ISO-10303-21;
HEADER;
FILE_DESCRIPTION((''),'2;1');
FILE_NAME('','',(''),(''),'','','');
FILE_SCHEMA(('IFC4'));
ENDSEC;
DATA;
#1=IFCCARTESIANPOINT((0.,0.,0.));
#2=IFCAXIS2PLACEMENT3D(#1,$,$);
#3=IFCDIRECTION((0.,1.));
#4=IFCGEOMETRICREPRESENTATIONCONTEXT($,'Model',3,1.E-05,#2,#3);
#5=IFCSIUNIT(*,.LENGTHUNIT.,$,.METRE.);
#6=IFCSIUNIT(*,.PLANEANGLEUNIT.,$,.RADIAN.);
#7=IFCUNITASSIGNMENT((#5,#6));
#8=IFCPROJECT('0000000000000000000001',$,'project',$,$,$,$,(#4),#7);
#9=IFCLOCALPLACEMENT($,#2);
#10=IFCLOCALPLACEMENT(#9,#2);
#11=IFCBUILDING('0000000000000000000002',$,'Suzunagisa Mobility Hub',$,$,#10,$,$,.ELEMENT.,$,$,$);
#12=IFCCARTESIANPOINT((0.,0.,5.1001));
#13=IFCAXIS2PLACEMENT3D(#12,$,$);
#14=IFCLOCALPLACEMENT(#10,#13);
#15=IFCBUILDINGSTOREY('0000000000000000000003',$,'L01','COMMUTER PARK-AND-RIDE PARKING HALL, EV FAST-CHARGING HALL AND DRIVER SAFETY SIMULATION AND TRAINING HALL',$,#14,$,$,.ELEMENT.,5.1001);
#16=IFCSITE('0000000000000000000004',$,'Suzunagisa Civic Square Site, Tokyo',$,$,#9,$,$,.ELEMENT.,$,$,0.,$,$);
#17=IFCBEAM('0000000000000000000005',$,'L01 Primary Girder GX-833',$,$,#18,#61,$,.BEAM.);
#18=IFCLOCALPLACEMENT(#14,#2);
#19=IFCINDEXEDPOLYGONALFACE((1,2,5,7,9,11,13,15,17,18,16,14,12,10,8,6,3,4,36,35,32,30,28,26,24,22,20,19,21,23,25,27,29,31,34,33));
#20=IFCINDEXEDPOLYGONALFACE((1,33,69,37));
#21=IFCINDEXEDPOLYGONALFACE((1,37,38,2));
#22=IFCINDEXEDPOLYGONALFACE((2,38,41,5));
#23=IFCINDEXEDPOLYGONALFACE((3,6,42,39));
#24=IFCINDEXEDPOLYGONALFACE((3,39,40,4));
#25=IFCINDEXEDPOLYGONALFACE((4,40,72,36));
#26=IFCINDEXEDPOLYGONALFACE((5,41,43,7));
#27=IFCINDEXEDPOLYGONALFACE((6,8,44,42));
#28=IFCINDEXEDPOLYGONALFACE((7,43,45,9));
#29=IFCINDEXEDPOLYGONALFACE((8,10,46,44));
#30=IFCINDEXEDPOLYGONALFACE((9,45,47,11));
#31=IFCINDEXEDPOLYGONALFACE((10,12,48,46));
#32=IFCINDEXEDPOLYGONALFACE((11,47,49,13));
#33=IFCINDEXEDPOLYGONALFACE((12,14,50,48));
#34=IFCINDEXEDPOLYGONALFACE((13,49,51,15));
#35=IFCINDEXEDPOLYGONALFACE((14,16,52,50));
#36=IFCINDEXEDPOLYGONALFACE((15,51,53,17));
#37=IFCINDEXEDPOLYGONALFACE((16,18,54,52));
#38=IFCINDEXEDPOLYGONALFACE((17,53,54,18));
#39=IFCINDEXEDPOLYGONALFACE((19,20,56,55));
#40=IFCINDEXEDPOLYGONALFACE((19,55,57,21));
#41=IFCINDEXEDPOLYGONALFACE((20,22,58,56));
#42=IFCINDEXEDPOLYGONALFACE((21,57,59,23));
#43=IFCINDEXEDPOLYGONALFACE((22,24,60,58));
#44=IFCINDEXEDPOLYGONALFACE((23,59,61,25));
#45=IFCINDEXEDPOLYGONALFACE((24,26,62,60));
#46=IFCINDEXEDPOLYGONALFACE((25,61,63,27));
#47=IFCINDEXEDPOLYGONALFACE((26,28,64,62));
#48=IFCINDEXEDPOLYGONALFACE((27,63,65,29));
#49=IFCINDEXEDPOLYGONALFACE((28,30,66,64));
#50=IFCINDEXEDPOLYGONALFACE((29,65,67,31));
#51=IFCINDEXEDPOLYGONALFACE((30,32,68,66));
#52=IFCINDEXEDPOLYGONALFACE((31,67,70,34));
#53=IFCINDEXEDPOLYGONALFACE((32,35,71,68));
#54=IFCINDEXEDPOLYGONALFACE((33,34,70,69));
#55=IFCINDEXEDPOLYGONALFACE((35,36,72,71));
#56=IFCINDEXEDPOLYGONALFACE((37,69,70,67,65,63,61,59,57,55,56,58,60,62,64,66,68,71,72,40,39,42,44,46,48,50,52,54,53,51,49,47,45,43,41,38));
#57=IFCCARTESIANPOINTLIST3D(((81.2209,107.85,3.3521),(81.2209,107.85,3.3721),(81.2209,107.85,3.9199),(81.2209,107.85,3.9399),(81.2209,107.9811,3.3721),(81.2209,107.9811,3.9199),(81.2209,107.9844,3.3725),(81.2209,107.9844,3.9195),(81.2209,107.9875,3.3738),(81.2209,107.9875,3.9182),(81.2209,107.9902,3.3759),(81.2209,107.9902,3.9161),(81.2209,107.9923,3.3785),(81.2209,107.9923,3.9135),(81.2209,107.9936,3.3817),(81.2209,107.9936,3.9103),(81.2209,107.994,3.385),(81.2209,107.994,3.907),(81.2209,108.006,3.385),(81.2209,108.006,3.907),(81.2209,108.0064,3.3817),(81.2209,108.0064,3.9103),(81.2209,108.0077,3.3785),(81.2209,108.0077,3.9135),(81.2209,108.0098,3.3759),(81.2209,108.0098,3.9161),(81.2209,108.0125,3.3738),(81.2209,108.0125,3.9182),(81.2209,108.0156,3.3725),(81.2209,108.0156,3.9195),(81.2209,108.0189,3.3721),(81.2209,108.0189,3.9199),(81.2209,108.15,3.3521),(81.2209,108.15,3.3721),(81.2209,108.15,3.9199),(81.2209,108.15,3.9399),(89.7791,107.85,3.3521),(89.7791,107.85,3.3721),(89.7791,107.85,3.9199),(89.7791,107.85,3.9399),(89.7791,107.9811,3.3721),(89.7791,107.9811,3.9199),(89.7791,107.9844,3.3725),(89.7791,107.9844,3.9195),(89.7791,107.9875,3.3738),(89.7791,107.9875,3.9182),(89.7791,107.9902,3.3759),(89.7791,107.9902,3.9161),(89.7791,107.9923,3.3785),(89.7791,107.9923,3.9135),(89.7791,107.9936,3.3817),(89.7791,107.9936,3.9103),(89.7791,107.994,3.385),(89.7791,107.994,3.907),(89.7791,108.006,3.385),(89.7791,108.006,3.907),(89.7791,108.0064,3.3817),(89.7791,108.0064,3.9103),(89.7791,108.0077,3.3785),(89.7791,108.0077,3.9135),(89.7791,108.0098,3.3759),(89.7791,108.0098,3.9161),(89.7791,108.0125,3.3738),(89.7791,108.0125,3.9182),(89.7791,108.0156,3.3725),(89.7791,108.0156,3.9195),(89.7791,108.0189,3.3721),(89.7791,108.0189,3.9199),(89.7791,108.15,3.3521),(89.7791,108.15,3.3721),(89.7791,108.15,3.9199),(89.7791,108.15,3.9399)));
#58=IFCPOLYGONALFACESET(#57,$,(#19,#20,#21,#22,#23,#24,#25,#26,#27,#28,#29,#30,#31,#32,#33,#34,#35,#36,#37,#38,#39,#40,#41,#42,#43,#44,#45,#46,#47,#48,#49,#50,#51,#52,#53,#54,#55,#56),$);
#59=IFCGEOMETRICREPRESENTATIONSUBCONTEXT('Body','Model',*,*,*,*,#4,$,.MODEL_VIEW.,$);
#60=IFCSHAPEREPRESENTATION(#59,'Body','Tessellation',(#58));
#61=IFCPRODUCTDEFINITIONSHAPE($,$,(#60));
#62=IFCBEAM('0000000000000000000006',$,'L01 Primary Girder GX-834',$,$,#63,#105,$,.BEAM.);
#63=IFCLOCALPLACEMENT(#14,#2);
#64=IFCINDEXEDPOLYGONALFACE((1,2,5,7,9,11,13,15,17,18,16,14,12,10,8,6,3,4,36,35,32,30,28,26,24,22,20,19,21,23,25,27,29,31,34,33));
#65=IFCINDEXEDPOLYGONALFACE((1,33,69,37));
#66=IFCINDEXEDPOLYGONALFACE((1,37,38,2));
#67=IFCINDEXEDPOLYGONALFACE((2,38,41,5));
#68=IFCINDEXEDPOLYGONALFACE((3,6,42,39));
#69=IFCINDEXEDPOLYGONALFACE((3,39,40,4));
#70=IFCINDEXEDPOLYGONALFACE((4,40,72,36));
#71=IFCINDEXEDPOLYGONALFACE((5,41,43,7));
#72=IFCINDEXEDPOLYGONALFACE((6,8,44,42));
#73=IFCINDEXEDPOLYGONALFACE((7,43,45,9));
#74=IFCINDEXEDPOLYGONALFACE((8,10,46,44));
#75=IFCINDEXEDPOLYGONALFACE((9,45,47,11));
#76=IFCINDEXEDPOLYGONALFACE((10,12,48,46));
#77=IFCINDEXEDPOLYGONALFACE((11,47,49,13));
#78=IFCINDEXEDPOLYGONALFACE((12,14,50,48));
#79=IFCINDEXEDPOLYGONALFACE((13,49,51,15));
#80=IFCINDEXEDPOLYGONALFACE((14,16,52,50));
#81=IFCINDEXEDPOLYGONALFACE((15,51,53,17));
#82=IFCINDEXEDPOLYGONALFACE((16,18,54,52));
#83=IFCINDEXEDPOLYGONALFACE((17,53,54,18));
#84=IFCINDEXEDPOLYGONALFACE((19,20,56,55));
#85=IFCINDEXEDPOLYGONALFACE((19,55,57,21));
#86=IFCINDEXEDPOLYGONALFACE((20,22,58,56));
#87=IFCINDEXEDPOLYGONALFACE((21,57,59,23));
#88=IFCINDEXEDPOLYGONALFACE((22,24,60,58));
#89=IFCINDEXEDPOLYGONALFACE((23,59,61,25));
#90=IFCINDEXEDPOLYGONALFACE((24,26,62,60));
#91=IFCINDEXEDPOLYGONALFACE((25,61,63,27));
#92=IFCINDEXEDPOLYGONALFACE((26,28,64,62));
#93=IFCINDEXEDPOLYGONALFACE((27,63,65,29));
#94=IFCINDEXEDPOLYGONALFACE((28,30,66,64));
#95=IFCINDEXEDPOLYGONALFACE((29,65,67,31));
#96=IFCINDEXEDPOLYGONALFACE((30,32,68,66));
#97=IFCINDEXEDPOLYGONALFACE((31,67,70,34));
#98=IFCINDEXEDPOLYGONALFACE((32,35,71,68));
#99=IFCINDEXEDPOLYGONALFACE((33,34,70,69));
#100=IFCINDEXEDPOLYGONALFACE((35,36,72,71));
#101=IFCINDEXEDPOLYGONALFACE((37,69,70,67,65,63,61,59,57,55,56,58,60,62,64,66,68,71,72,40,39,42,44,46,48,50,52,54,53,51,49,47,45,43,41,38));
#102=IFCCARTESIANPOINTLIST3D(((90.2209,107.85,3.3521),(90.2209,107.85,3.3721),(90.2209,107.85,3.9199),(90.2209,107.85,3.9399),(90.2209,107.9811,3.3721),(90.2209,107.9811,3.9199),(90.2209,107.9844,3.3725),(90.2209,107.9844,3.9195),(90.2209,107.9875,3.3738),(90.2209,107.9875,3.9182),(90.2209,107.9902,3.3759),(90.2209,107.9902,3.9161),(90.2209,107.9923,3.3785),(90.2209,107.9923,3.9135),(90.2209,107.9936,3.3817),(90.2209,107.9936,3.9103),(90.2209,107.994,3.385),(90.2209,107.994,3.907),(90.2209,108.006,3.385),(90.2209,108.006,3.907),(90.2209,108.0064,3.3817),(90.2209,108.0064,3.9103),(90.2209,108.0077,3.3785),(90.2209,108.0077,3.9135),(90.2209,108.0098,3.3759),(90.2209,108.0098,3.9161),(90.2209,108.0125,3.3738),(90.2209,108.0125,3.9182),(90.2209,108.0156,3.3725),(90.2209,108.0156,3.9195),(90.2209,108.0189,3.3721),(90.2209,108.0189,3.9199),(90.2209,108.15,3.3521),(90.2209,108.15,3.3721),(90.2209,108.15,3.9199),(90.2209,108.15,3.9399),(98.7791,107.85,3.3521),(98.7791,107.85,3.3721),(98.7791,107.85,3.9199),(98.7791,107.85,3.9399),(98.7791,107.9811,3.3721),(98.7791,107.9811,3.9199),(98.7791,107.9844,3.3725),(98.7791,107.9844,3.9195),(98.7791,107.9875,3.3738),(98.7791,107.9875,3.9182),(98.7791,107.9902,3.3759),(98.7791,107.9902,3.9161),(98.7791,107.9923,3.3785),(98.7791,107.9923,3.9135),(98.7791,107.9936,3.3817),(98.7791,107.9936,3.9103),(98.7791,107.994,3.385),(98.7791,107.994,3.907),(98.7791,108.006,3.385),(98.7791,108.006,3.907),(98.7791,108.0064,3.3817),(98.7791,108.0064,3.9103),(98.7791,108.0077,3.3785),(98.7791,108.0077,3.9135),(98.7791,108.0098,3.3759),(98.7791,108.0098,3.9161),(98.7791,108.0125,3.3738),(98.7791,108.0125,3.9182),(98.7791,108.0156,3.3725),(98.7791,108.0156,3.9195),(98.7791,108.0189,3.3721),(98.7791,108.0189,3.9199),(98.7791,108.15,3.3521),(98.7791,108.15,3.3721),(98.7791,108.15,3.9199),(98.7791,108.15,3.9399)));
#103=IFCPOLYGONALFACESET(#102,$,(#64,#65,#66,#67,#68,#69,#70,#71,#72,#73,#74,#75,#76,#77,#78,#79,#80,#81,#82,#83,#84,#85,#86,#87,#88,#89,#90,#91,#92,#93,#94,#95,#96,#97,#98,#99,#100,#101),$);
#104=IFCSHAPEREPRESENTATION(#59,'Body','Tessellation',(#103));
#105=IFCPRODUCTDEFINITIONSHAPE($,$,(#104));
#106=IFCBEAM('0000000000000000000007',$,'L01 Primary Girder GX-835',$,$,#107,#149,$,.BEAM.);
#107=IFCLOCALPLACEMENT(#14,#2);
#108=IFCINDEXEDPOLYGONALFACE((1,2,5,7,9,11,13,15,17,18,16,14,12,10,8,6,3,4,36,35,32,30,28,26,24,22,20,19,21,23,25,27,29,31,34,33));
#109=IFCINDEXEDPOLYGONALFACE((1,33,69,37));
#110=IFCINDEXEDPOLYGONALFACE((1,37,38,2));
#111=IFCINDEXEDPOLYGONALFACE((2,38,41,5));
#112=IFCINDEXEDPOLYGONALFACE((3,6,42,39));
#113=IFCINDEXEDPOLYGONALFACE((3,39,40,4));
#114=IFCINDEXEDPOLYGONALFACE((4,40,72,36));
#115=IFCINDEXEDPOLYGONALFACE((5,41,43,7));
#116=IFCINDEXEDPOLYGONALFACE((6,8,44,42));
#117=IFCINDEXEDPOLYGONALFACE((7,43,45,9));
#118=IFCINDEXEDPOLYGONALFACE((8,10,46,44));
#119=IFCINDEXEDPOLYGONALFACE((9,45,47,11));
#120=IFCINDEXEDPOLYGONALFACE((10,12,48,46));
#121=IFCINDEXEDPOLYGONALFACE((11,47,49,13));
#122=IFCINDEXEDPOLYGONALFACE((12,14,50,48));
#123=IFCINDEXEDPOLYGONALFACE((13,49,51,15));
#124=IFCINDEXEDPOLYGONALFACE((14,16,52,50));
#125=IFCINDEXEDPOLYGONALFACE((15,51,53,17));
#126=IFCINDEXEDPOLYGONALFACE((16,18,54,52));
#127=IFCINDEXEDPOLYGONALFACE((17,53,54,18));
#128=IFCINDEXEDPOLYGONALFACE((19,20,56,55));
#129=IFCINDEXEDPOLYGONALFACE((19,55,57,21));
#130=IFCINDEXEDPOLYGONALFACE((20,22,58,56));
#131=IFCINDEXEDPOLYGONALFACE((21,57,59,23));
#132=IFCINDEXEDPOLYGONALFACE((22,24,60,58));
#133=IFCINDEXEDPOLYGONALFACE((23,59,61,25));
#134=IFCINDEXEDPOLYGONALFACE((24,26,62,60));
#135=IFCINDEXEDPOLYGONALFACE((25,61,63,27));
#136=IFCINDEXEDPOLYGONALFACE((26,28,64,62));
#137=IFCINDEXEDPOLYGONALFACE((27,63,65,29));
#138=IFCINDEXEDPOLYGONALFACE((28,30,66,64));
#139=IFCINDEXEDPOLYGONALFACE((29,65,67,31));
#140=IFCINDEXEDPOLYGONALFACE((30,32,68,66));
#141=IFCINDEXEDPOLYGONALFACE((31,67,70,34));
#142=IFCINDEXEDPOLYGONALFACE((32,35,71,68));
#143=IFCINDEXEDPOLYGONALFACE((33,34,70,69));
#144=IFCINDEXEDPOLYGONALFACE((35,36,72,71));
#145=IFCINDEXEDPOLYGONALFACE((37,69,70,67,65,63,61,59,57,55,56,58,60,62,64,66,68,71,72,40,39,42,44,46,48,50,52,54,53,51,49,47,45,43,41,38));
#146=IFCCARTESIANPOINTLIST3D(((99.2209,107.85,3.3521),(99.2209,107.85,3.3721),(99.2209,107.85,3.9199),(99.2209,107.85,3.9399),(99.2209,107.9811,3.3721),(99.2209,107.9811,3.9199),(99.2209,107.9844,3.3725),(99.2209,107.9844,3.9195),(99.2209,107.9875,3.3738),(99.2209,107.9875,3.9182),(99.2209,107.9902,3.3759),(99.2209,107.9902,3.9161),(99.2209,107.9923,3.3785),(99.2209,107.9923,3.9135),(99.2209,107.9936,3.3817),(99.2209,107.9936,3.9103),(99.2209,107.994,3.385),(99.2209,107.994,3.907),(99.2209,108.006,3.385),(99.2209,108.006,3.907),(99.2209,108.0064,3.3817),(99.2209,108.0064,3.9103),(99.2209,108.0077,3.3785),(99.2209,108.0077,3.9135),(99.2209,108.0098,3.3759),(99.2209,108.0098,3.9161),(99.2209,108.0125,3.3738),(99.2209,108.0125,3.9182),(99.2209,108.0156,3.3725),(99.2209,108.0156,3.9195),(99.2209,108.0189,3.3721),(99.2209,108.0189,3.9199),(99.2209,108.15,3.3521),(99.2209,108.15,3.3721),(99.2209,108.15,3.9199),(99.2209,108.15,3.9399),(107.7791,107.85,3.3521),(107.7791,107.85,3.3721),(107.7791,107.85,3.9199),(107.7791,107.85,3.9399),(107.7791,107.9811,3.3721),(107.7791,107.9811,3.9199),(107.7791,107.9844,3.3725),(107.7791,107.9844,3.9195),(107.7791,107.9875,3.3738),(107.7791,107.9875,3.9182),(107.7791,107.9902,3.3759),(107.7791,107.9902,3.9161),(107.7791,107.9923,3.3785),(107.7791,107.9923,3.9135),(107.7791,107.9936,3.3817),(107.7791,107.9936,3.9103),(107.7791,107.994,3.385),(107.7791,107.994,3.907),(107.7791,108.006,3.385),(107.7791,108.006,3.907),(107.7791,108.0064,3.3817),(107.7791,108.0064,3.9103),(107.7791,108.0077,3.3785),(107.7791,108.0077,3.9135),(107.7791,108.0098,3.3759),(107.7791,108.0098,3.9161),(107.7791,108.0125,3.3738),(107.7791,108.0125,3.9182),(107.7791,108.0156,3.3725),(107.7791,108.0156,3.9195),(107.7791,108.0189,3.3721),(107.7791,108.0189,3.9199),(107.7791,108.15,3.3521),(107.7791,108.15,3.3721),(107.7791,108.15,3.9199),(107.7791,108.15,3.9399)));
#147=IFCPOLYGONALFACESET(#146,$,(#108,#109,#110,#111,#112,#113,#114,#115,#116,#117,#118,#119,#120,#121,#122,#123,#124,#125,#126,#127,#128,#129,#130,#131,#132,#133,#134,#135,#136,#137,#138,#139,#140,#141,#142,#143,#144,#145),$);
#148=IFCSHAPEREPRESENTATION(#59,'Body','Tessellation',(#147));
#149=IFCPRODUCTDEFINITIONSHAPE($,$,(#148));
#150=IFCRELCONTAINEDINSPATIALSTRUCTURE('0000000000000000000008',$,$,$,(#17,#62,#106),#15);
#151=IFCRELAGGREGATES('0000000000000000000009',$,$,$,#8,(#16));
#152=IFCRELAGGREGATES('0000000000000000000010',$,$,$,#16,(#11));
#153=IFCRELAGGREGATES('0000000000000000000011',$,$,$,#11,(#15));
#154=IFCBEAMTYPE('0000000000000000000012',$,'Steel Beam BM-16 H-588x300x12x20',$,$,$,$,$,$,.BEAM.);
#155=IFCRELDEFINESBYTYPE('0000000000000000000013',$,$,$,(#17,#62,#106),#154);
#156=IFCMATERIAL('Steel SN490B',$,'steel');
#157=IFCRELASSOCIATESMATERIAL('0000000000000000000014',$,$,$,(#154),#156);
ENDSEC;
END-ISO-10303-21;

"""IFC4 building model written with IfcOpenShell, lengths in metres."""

from ifc_helpers import new_model, si_unit, direction, frame, origin, origin_2d, place, context, subcontext, project, spatial, i_section, extrude, material, material_profile, profile_set, type_object, element, save


model = new_model("IFC4")

# Units and contexts
model_context = context("Model", 3, precision=1e-05, world=origin(), true_north=direction((0.0, 1.0)))
body_context = subcontext(model_context, "Body", "Model", "MODEL_VIEW")
ifc_project = project(units=[si_unit("LENGTHUNIT", "METRE"), si_unit("PLANEANGLEUNIT", "RADIAN")], contexts=[model_context])

# Site, building, storey
site_placement = place(None, origin())
site = spatial("IfcSite", under=ifc_project, at=site_placement, Name="Suzunagisa Civic Square Site, Tokyo", CompositionType="ELEMENT", RefElevation=0.0)
building_placement = place(site_placement, origin())
building = spatial("IfcBuilding", under=site, at=building_placement, Name="Suzunagisa Mobility Hub", CompositionType="ELEMENT")
storey_placement = place(building_placement, frame((0.0, 0.0, 5.1001)))
storey = spatial("IfcBuildingStorey", under=building, at=storey_placement, Name="L01", Description="COMMUTER PARK-AND-RIDE PARKING HALL, EV FAST-CHARGING HALL AND DRIVER SAFETY SIMULATION AND TRAINING HALL", CompositionType="ELEMENT", Elevation=5.1001)

# Shared definitions
ifc_material_1 = material(Name="Steel SN490B", Category="steel")

# Beams
ifc_material_profile_1 = material_profile(ifc_material_1, i_section(OverallWidth=0.3, OverallDepth=0.5879, WebThickness=0.012, FlangeThickness=0.02, FilletRadius=0.0129, at=origin_2d()), Name="H-588x300x12x20")
ifc_profile_set_1 = profile_set([ifc_material_profile_1], Name="Steel SN490B")
beam_type_1 = type_object("IfcBeamType", Name="Steel Beam BM-16 H-588x300x12x20", PredefinedType="BEAM", material=ifc_profile_set_1)
for number, where, z_axis, x_axis, name in (
    (1, (81.2209, 108.0, 3.646), (1.0, 0.0, 0.0), (0.0, 1.0, 0.0), "L01 Primary Girder GX-833"),
    (2, (90.2209, 108.0, 3.646), (1.0, 0.0, 0.0), (0.0, 1.0, 0.0), "L01 Primary Girder GX-834"),
    (3, (99.2209, 108.0, 3.646), (1.0, 0.0, 0.0), (0.0, 1.0, 0.0), "L01 Primary Girder GX-835"),
):
    element("IfcBeam", number, at=place(storey_placement, frame(where, z_axis=z_axis, x_axis=x_axis)), inside=storey, type_object=beam_type_1, Name=name, PredefinedType="BEAM", context=body_context, shape_type="SweptSolid", body=[
        extrude(i_section(OverallWidth=0.3, OverallDepth=0.5879, WebThickness=0.012, FlangeThickness=0.02, FilletRadius=0.0129, at=origin_2d()), origin(), (0.0, 0.0, 1.0), 8.5581),
    ])

save(model, "model.ifc")
